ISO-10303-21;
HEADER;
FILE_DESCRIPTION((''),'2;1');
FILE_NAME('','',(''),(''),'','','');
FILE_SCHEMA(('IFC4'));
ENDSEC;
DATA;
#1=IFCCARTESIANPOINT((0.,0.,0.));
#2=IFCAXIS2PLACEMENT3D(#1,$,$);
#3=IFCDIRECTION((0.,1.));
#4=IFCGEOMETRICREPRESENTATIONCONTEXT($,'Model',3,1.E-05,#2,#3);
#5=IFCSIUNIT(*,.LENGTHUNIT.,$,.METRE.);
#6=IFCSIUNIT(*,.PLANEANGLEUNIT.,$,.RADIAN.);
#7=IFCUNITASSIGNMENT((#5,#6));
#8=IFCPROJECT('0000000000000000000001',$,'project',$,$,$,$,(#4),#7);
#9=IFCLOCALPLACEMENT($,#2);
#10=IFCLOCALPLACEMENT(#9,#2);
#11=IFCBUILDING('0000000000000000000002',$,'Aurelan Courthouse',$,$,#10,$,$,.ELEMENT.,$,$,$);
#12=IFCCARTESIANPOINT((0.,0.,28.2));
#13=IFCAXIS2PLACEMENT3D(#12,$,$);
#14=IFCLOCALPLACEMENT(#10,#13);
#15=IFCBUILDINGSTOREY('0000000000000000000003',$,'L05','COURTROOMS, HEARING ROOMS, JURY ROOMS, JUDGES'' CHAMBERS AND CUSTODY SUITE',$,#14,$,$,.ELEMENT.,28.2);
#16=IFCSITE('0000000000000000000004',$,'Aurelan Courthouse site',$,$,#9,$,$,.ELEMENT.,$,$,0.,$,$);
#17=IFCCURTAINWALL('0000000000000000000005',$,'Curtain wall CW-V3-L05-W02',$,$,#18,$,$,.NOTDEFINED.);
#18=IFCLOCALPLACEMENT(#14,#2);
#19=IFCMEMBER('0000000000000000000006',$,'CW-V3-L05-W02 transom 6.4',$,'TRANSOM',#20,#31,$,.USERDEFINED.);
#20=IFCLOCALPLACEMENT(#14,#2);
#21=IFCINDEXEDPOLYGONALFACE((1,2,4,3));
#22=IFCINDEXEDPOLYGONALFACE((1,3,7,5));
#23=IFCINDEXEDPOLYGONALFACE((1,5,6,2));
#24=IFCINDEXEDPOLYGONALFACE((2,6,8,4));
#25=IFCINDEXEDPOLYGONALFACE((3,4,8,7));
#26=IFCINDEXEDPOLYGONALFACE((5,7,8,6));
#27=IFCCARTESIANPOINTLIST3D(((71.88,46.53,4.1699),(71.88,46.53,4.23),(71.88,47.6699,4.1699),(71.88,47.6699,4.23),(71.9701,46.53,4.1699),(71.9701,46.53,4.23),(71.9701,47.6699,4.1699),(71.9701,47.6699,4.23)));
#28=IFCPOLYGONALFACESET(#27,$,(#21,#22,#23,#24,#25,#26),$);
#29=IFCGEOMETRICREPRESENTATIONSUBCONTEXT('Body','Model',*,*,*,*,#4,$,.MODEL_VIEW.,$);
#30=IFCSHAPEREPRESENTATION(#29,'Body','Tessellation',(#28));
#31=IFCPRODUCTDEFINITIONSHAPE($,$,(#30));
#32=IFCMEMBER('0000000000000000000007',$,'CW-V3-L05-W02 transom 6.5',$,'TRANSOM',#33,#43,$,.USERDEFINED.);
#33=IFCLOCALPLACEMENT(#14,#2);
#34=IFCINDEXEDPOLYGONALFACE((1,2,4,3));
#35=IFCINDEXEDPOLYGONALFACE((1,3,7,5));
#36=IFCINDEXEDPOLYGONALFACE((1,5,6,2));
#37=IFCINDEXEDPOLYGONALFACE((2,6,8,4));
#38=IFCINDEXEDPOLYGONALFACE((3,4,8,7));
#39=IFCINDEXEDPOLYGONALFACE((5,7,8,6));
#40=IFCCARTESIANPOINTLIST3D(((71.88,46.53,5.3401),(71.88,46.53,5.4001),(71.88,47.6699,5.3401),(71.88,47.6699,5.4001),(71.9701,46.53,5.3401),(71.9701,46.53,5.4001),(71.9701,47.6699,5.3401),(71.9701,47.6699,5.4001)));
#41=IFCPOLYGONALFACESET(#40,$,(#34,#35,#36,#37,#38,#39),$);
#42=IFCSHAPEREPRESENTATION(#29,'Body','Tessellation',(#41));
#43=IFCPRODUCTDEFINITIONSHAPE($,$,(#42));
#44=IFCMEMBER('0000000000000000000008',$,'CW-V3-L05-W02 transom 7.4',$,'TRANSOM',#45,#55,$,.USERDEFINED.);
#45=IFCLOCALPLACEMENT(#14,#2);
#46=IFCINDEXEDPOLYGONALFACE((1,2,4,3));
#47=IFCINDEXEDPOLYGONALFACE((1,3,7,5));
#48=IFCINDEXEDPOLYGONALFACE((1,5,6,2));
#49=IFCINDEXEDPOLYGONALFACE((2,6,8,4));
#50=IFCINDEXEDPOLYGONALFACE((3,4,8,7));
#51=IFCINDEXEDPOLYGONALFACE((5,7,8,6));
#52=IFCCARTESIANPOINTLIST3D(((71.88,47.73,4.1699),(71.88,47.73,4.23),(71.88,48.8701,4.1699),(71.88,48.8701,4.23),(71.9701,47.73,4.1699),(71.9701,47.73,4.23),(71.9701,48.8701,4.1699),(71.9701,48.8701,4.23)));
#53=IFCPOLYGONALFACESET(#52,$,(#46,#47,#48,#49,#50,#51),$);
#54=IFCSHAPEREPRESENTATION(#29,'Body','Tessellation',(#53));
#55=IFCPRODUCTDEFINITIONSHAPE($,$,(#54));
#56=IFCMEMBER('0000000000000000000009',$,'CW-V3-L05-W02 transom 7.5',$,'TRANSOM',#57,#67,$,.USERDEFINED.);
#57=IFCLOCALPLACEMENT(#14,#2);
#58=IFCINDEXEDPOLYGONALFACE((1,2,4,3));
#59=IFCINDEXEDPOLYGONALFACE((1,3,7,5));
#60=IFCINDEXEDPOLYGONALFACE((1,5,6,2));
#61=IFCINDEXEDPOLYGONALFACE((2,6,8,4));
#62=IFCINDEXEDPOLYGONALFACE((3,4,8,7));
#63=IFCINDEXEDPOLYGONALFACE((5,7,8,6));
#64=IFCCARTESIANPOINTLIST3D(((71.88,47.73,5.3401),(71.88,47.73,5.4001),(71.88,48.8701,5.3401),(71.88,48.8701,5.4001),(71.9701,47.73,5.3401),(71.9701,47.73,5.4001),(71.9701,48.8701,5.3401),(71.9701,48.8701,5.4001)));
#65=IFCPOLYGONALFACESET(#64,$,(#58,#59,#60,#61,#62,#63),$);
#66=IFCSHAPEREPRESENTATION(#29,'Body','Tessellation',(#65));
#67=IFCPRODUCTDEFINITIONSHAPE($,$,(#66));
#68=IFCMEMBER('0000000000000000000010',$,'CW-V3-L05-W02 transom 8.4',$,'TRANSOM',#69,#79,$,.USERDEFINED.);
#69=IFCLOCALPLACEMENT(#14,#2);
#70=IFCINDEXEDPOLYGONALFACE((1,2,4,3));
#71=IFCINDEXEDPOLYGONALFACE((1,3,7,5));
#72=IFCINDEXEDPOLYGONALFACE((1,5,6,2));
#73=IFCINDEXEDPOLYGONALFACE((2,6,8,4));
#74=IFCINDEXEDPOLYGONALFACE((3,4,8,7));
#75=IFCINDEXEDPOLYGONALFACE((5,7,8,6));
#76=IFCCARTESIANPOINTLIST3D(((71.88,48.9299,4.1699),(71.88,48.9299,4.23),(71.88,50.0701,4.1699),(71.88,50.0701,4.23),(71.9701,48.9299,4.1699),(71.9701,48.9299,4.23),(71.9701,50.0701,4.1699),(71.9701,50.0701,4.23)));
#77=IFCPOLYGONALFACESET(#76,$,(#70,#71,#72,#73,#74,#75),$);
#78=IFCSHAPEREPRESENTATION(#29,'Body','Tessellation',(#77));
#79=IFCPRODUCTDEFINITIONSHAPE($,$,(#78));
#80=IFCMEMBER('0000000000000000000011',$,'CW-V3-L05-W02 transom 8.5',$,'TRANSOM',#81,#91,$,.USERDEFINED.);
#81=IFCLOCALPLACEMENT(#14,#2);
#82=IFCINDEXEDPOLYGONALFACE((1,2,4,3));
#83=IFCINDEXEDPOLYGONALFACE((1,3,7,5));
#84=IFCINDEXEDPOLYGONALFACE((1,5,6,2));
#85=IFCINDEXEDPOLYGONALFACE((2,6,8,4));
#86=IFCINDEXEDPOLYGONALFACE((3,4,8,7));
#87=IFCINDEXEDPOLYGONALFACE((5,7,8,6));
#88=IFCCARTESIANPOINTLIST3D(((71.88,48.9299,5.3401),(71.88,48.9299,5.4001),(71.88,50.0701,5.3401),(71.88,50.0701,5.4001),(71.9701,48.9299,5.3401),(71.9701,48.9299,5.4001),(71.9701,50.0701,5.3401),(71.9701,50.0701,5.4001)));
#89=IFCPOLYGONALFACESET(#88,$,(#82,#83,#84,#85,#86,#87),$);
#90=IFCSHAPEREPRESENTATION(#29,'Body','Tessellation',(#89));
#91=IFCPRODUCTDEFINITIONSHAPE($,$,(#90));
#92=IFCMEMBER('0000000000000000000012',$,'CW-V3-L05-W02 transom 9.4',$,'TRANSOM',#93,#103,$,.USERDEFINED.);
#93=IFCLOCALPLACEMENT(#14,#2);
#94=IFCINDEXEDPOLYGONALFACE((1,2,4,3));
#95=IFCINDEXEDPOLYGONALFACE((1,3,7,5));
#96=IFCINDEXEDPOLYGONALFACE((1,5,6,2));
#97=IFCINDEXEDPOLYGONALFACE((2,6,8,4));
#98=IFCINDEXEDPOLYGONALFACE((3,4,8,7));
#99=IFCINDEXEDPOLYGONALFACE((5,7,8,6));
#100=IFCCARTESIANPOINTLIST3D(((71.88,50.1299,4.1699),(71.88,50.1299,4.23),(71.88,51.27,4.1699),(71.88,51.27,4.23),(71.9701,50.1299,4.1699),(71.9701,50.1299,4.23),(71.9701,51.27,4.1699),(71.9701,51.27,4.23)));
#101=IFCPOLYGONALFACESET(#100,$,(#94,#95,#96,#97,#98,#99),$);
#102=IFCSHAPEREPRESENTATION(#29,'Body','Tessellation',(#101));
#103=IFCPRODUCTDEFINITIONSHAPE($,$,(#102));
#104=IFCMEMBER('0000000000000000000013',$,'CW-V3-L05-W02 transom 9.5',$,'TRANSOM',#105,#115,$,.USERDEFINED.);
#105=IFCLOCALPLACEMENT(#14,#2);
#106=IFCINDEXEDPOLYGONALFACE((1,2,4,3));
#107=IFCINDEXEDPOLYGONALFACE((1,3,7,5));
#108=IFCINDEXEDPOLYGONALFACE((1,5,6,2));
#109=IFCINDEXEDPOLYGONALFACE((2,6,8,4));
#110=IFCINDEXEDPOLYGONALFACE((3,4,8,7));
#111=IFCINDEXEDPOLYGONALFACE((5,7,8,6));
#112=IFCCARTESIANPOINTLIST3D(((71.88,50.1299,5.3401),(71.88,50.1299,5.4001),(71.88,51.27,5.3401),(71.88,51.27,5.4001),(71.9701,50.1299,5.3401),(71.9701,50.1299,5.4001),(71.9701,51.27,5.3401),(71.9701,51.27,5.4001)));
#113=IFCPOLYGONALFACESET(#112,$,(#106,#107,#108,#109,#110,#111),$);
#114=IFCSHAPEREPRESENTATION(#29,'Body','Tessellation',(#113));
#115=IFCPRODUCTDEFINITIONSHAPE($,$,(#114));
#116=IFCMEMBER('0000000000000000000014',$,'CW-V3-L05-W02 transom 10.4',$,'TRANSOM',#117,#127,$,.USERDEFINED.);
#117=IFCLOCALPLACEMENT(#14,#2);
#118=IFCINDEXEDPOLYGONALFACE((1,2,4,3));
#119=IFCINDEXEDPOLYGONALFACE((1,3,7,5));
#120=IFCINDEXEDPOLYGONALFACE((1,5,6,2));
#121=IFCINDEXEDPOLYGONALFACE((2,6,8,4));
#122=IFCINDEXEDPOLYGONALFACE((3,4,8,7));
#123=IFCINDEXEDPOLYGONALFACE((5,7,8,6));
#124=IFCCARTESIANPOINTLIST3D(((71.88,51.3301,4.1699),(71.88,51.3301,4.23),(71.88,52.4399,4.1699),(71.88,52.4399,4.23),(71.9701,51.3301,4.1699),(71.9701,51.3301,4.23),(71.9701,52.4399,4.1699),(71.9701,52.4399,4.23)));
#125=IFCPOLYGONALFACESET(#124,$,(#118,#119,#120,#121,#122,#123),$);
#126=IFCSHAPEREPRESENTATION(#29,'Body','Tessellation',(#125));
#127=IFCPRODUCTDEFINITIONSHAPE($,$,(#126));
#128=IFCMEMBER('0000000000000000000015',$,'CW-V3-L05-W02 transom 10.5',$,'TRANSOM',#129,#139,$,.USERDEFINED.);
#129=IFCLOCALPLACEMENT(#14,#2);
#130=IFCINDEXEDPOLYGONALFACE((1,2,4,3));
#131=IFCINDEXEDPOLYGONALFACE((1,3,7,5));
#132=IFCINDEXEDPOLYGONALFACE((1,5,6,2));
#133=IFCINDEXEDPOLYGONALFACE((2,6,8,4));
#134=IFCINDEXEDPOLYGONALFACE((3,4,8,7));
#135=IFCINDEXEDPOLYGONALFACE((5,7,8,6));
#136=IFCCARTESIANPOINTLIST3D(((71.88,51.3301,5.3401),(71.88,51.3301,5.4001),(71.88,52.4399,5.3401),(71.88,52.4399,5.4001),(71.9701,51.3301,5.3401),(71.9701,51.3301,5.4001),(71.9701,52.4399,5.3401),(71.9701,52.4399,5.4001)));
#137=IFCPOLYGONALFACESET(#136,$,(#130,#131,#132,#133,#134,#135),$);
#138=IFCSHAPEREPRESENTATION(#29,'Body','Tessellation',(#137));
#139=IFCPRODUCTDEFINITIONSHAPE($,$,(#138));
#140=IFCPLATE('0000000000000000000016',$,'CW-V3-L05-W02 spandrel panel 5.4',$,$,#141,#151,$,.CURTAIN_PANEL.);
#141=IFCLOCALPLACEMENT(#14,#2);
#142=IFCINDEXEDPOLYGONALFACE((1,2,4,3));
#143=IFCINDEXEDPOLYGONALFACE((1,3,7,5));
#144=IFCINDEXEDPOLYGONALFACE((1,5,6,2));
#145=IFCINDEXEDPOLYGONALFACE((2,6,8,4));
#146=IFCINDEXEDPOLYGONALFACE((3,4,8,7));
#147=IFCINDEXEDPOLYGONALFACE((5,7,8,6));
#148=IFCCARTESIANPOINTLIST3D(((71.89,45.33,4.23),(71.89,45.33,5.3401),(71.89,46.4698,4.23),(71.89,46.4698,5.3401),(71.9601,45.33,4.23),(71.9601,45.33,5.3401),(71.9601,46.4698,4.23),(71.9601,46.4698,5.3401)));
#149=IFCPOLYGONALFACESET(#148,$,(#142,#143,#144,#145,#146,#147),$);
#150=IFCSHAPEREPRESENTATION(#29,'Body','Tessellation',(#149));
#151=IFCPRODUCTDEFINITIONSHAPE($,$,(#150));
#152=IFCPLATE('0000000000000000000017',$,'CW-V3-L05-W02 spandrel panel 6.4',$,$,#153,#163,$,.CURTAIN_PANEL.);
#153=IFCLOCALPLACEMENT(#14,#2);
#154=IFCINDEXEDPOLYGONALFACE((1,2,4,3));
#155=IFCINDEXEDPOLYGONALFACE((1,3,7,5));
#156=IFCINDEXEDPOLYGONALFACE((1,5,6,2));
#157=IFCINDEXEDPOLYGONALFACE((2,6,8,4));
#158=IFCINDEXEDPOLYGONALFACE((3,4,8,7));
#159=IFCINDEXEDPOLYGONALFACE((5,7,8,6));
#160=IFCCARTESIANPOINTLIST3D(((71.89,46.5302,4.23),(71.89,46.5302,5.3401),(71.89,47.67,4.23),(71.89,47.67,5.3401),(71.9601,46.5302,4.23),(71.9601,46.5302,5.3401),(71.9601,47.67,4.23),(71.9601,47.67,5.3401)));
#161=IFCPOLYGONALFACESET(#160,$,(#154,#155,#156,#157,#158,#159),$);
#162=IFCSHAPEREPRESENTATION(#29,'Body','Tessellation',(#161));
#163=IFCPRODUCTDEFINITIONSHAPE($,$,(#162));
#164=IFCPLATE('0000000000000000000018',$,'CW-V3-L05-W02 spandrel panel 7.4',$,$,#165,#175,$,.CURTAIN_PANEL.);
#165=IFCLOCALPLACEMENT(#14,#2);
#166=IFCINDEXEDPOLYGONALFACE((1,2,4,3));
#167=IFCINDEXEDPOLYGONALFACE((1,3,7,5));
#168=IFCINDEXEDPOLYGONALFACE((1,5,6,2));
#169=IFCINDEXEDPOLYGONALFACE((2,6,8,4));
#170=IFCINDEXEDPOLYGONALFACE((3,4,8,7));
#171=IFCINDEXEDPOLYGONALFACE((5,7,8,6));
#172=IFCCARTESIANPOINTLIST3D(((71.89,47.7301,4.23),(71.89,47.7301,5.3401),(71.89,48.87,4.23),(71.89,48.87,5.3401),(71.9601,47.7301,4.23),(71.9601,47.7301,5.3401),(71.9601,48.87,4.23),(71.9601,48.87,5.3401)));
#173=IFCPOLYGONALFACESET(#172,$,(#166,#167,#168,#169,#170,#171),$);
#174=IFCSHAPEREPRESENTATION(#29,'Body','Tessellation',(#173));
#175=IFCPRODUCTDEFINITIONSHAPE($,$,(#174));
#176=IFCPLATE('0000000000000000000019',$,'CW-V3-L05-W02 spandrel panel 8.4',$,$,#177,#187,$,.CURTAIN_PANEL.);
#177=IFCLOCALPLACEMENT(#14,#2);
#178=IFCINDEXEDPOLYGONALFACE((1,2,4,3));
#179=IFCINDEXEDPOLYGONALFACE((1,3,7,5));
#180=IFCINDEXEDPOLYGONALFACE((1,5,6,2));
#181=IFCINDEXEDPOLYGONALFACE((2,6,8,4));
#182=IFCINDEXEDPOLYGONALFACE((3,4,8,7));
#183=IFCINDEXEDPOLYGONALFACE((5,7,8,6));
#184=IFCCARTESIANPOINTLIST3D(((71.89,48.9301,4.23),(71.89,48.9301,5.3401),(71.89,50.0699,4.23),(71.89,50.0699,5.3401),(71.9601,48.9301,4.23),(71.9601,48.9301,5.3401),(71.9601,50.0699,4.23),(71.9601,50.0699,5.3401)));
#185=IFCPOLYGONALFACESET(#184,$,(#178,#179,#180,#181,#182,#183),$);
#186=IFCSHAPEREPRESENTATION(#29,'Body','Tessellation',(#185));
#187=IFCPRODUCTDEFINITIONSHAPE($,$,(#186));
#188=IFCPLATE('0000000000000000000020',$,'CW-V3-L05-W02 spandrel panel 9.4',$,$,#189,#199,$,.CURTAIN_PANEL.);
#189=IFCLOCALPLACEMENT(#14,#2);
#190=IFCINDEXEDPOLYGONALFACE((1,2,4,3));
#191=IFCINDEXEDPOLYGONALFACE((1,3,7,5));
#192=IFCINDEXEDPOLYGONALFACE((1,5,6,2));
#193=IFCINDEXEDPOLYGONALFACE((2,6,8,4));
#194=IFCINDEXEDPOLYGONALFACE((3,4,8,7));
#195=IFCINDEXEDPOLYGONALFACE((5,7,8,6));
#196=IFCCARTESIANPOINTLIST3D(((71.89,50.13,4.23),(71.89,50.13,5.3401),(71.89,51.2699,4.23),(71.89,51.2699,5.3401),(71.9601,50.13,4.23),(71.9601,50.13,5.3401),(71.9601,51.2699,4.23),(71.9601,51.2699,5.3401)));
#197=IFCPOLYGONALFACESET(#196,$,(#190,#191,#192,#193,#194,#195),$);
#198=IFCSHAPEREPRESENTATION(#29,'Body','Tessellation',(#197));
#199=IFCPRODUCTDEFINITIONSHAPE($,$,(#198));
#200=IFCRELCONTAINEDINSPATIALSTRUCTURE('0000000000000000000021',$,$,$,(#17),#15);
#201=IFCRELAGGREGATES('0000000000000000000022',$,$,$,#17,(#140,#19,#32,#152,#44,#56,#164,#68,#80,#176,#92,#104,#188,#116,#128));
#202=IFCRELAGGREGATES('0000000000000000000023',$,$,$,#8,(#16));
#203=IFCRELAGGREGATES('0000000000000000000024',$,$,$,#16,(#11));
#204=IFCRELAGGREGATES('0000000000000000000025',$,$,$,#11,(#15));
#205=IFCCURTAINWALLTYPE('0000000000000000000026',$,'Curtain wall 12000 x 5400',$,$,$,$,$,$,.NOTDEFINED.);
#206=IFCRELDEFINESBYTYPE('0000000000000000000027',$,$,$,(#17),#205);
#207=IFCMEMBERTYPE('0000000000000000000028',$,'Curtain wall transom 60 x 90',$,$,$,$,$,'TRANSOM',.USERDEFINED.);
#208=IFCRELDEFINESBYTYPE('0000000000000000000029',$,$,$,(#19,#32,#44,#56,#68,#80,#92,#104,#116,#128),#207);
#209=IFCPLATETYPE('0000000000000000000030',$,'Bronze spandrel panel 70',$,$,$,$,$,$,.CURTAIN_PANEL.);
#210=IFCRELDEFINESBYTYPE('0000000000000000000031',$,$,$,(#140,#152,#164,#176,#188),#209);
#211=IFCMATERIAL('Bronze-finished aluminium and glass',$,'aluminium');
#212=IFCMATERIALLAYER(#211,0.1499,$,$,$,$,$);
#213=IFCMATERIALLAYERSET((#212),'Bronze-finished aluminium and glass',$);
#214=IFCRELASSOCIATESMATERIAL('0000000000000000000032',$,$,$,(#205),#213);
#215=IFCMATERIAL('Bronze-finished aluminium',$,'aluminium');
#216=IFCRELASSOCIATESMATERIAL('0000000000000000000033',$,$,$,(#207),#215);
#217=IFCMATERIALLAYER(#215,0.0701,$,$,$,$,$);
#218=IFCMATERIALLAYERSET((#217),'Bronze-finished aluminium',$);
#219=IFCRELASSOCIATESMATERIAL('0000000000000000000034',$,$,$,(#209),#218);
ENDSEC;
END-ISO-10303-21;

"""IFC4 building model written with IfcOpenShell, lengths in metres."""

from ifc_helpers import new_model, si_unit, direction, frame, origin, origin_2d, place, context, subcontext, project, spatial, rectangle, extrude, material, layer, layer_set, material_profile, profile_set, type_object, element, aggregate, save


model = new_model("IFC4")

# Units and contexts
model_context = context("Model", 3, precision=1e-05, world=origin(), true_north=direction((0.0, 1.0)))
body_context = subcontext(model_context, "Body", "Model", "MODEL_VIEW")
ifc_project = project(units=[si_unit("LENGTHUNIT", "METRE"), si_unit("PLANEANGLEUNIT", "RADIAN")], contexts=[model_context])

# Site, building, storey
site_placement = place(None, origin())
site = spatial("IfcSite", under=ifc_project, at=site_placement, Name="Aurelan Courthouse site", CompositionType="ELEMENT", RefElevation=0.0)
building_placement = place(site_placement, origin())
building = spatial("IfcBuilding", under=site, at=building_placement, Name="Aurelan Courthouse", CompositionType="ELEMENT")
storey_placement = place(building_placement, frame((0.0, 0.0, 28.2)))
storey = spatial("IfcBuildingStorey", under=building, at=storey_placement, Name="L05", Description="COURTROOMS, HEARING ROOMS, JURY ROOMS, JUDGES' CHAMBERS AND CUSTODY SUITE", CompositionType="ELEMENT", Elevation=28.2)

# Curtain wall, members, plates
ifc_material_1 = material(Name="Bronze-finished aluminium and glass", Category="aluminium")
ifc_layer_1 = layer(ifc_material_1, 0.1499)
ifc_layer_set_1 = layer_set([ifc_layer_1], Name="Bronze-finished aluminium and glass")
curtain_wall_type = type_object("IfcCurtainWallType", Name="Curtain wall 12000 x 5400", PredefinedType="NOTDEFINED", material=ifc_layer_set_1)
curtain_wall_placement = place(storey_placement, origin())
curtain_wall = element("IfcCurtainWall", 1, at=curtain_wall_placement, inside=storey, type_object=curtain_wall_type, Name="Curtain wall CW-V3-L05-W02", PredefinedType="NOTDEFINED")
ifc_material_2 = material(Name="Bronze-finished aluminium", Category="aluminium")
ifc_material_profile = material_profile(ifc_material_2, rectangle(XDim=0.0901, YDim=0.0601, at=origin_2d()), Name="Bronze transom 60 x 90")
ifc_profile_set = profile_set([ifc_material_profile], Name="Bronze-finished aluminium")
member_type = type_object("IfcMemberType", Name="Curtain wall transom 60 x 90", ElementType="TRANSOM", PredefinedType="USERDEFINED", material=ifc_profile_set)
member_1_placement = place(storey_placement, frame((71.925, 46.53, 4.2), z_axis=(0.0, 1.0, 0.0), x_axis=(-1.0, 0.0, 0.0)))
member_1 = element("IfcMember", 2, at=member_1_placement, type_object=member_type, Name="CW-V3-L05-W02 transom 6.4", ObjectType="TRANSOM", PredefinedType="USERDEFINED", context=body_context, shape_type="SweptSolid", body=[
    extrude(rectangle(XDim=0.0901, YDim=0.0601, at=origin_2d()), origin(), (0.0, 0.0, 1.0), 1.1399),
])
member_2_placement = place(storey_placement, frame((71.925, 46.53, 5.3701), z_axis=(0.0, 1.0, 0.0), x_axis=(-1.0, 0.0, 0.0)))
member_2 = element("IfcMember", 3, at=member_2_placement, type_object=member_type, Name="CW-V3-L05-W02 transom 6.5", ObjectType="TRANSOM", PredefinedType="USERDEFINED", context=body_context, shape_type="SweptSolid", body=[
    extrude(rectangle(XDim=0.0901, YDim=0.0601, at=origin_2d()), origin(), (0.0, 0.0, 1.0), 1.1399),
])
member_3_placement = place(storey_placement, frame((71.925, 47.73, 4.2), z_axis=(0.0, 1.0, 0.0), x_axis=(-1.0, 0.0, 0.0)))
member_3 = element("IfcMember", 4, at=member_3_placement, type_object=member_type, Name="CW-V3-L05-W02 transom 7.4", ObjectType="TRANSOM", PredefinedType="USERDEFINED", context=body_context, shape_type="SweptSolid", body=[
    extrude(rectangle(XDim=0.0901, YDim=0.0601, at=origin_2d()), origin(), (0.0, 0.0, 1.0), 1.1401),
])
member_4_placement = place(storey_placement, frame((71.925, 47.73, 5.3701), z_axis=(0.0, 1.0, 0.0), x_axis=(-1.0, 0.0, 0.0)))
member_4 = element("IfcMember", 5, at=member_4_placement, type_object=member_type, Name="CW-V3-L05-W02 transom 7.5", ObjectType="TRANSOM", PredefinedType="USERDEFINED", context=body_context, shape_type="SweptSolid", body=[
    extrude(rectangle(XDim=0.0901, YDim=0.0601, at=origin_2d()), origin(), (0.0, 0.0, 1.0), 1.1401),
])
member_5_placement = place(storey_placement, frame((71.925, 48.9299, 4.2), z_axis=(0.0, 1.0, 0.0), x_axis=(-1.0, 0.0, 0.0)))
member_5 = element("IfcMember", 6, at=member_5_placement, type_object=member_type, Name="CW-V3-L05-W02 transom 8.4", ObjectType="TRANSOM", PredefinedType="USERDEFINED", context=body_context, shape_type="SweptSolid", body=[
    extrude(rectangle(XDim=0.0901, YDim=0.0601, at=origin_2d()), origin(), (0.0, 0.0, 1.0), 1.1401),
])
member_6_placement = place(storey_placement, frame((71.925, 48.9299, 5.3701), z_axis=(0.0, 1.0, 0.0), x_axis=(-1.0, 0.0, 0.0)))
member_6 = element("IfcMember", 7, at=member_6_placement, type_object=member_type, Name="CW-V3-L05-W02 transom 8.5", ObjectType="TRANSOM", PredefinedType="USERDEFINED", context=body_context, shape_type="SweptSolid", body=[
    extrude(rectangle(XDim=0.0901, YDim=0.0601, at=origin_2d()), origin(), (0.0, 0.0, 1.0), 1.1401),
])
member_7_placement = place(storey_placement, frame((71.925, 50.1299, 4.2), z_axis=(0.0, 1.0, 0.0), x_axis=(-1.0, 0.0, 0.0)))
member_7 = element("IfcMember", 8, at=member_7_placement, type_object=member_type, Name="CW-V3-L05-W02 transom 9.4", ObjectType="TRANSOM", PredefinedType="USERDEFINED", context=body_context, shape_type="SweptSolid", body=[
    extrude(rectangle(XDim=0.0901, YDim=0.0601, at=origin_2d()), origin(), (0.0, 0.0, 1.0), 1.1401),
])
member_8_placement = place(storey_placement, frame((71.925, 50.1299, 5.3701), z_axis=(0.0, 1.0, 0.0), x_axis=(-1.0, 0.0, 0.0)))
member_8 = element("IfcMember", 9, at=member_8_placement, type_object=member_type, Name="CW-V3-L05-W02 transom 9.5", ObjectType="TRANSOM", PredefinedType="USERDEFINED", context=body_context, shape_type="SweptSolid", body=[
    extrude(rectangle(XDim=0.0901, YDim=0.0601, at=origin_2d()), origin(), (0.0, 0.0, 1.0), 1.1401),
])
member_9_placement = place(storey_placement, frame((71.925, 51.3301, 4.2), z_axis=(0.0, 1.0, 0.0), x_axis=(-1.0, 0.0, 0.0)))
member_9 = element("IfcMember", 10, at=member_9_placement, type_object=member_type, Name="CW-V3-L05-W02 transom 10.4", ObjectType="TRANSOM", PredefinedType="USERDEFINED", context=body_context, shape_type="SweptSolid", body=[
    extrude(rectangle(XDim=0.0901, YDim=0.0601, at=origin_2d()), origin(), (0.0, 0.0, 1.0), 1.1099),
])
member_10_placement = place(storey_placement, frame((71.925, 51.3301, 5.3701), z_axis=(0.0, 1.0, 0.0), x_axis=(-1.0, 0.0, 0.0)))
member_10 = element("IfcMember", 11, at=member_10_placement, type_object=member_type, Name="CW-V3-L05-W02 transom 10.5", ObjectType="TRANSOM", PredefinedType="USERDEFINED", context=body_context, shape_type="SweptSolid", body=[
    extrude(rectangle(XDim=0.0901, YDim=0.0601, at=origin_2d()), origin(), (0.0, 0.0, 1.0), 1.1099),
])
ifc_layer_2 = layer(ifc_material_2, 0.0701)
ifc_layer_set_2 = layer_set([ifc_layer_2], Name="Bronze-finished aluminium")
plate_type_1 = type_object("IfcPlateType", Name="Bronze spandrel panel 70", PredefinedType="CURTAIN_PANEL", material=ifc_layer_set_2)
plate_1_placement = place(storey_placement, frame((71.925, 45.8999, 4.23), z_axis=(0.0, 0.0, 1.0), x_axis=(0.0, 1.0, 0.0)))
plate_1 = element("IfcPlate", 12, at=plate_1_placement, type_object=plate_type_1, Name="CW-V3-L05-W02 spandrel panel 5.4", PredefinedType="CURTAIN_PANEL", context=body_context, shape_type="SweptSolid", body=[
    extrude(rectangle(XDim=1.1399, YDim=0.0701, at=origin_2d()), origin(), (0.0, 0.0, 1.0), 1.1101),
])
plate_2_placement = place(storey_placement, frame((71.925, 47.1001, 4.23), z_axis=(0.0, 0.0, 1.0), x_axis=(0.0, 1.0, 0.0)))
plate_2 = element("IfcPlate", 13, at=plate_2_placement, type_object=plate_type_1, Name="CW-V3-L05-W02 spandrel panel 6.4", PredefinedType="CURTAIN_PANEL", context=body_context, shape_type="SweptSolid", body=[
    extrude(rectangle(XDim=1.1399, YDim=0.0701, at=origin_2d()), origin(), (0.0, 0.0, 1.0), 1.1101),
])
plate_3_placement = place(storey_placement, frame((71.925, 48.3, 4.23), z_axis=(0.0, 0.0, 1.0), x_axis=(0.0, 1.0, 0.0)))
plate_3 = element("IfcPlate", 14, at=plate_3_placement, type_object=plate_type_1, Name="CW-V3-L05-W02 spandrel panel 7.4", PredefinedType="CURTAIN_PANEL", context=body_context, shape_type="SweptSolid", body=[
    extrude(rectangle(XDim=1.1399, YDim=0.0701, at=origin_2d()), origin(), (0.0, 0.0, 1.0), 1.1101),
])
plate_4_placement = place(storey_placement, frame((71.925, 49.5, 4.23), z_axis=(0.0, 0.0, 1.0), x_axis=(0.0, 1.0, 0.0)))
plate_4 = element("IfcPlate", 15, at=plate_4_placement, type_object=plate_type_1, Name="CW-V3-L05-W02 spandrel panel 8.4", PredefinedType="CURTAIN_PANEL", context=body_context, shape_type="SweptSolid", body=[
    extrude(rectangle(XDim=1.1399, YDim=0.0701, at=origin_2d()), origin(), (0.0, 0.0, 1.0), 1.1101),
])
plate_5_placement = place(storey_placement, frame((71.925, 50.7, 4.23), z_axis=(0.0, 0.0, 1.0), x_axis=(0.0, 1.0, 0.0)))
plate_5 = element("IfcPlate", 16, at=plate_5_placement, type_object=plate_type_1, Name="CW-V3-L05-W02 spandrel panel 9.4", PredefinedType="CURTAIN_PANEL", context=body_context, shape_type="SweptSolid", body=[
    extrude(rectangle(XDim=1.1399, YDim=0.0701, at=origin_2d()), origin(), (0.0, 0.0, 1.0), 1.1101),
])
aggregate(curtain_wall, [plate_1, member_1, member_2, plate_2, member_3, member_4, plate_3, member_5, member_6, plate_4, member_7, member_8, plate_5, member_9, member_10])

save(model, "model.ifc")
